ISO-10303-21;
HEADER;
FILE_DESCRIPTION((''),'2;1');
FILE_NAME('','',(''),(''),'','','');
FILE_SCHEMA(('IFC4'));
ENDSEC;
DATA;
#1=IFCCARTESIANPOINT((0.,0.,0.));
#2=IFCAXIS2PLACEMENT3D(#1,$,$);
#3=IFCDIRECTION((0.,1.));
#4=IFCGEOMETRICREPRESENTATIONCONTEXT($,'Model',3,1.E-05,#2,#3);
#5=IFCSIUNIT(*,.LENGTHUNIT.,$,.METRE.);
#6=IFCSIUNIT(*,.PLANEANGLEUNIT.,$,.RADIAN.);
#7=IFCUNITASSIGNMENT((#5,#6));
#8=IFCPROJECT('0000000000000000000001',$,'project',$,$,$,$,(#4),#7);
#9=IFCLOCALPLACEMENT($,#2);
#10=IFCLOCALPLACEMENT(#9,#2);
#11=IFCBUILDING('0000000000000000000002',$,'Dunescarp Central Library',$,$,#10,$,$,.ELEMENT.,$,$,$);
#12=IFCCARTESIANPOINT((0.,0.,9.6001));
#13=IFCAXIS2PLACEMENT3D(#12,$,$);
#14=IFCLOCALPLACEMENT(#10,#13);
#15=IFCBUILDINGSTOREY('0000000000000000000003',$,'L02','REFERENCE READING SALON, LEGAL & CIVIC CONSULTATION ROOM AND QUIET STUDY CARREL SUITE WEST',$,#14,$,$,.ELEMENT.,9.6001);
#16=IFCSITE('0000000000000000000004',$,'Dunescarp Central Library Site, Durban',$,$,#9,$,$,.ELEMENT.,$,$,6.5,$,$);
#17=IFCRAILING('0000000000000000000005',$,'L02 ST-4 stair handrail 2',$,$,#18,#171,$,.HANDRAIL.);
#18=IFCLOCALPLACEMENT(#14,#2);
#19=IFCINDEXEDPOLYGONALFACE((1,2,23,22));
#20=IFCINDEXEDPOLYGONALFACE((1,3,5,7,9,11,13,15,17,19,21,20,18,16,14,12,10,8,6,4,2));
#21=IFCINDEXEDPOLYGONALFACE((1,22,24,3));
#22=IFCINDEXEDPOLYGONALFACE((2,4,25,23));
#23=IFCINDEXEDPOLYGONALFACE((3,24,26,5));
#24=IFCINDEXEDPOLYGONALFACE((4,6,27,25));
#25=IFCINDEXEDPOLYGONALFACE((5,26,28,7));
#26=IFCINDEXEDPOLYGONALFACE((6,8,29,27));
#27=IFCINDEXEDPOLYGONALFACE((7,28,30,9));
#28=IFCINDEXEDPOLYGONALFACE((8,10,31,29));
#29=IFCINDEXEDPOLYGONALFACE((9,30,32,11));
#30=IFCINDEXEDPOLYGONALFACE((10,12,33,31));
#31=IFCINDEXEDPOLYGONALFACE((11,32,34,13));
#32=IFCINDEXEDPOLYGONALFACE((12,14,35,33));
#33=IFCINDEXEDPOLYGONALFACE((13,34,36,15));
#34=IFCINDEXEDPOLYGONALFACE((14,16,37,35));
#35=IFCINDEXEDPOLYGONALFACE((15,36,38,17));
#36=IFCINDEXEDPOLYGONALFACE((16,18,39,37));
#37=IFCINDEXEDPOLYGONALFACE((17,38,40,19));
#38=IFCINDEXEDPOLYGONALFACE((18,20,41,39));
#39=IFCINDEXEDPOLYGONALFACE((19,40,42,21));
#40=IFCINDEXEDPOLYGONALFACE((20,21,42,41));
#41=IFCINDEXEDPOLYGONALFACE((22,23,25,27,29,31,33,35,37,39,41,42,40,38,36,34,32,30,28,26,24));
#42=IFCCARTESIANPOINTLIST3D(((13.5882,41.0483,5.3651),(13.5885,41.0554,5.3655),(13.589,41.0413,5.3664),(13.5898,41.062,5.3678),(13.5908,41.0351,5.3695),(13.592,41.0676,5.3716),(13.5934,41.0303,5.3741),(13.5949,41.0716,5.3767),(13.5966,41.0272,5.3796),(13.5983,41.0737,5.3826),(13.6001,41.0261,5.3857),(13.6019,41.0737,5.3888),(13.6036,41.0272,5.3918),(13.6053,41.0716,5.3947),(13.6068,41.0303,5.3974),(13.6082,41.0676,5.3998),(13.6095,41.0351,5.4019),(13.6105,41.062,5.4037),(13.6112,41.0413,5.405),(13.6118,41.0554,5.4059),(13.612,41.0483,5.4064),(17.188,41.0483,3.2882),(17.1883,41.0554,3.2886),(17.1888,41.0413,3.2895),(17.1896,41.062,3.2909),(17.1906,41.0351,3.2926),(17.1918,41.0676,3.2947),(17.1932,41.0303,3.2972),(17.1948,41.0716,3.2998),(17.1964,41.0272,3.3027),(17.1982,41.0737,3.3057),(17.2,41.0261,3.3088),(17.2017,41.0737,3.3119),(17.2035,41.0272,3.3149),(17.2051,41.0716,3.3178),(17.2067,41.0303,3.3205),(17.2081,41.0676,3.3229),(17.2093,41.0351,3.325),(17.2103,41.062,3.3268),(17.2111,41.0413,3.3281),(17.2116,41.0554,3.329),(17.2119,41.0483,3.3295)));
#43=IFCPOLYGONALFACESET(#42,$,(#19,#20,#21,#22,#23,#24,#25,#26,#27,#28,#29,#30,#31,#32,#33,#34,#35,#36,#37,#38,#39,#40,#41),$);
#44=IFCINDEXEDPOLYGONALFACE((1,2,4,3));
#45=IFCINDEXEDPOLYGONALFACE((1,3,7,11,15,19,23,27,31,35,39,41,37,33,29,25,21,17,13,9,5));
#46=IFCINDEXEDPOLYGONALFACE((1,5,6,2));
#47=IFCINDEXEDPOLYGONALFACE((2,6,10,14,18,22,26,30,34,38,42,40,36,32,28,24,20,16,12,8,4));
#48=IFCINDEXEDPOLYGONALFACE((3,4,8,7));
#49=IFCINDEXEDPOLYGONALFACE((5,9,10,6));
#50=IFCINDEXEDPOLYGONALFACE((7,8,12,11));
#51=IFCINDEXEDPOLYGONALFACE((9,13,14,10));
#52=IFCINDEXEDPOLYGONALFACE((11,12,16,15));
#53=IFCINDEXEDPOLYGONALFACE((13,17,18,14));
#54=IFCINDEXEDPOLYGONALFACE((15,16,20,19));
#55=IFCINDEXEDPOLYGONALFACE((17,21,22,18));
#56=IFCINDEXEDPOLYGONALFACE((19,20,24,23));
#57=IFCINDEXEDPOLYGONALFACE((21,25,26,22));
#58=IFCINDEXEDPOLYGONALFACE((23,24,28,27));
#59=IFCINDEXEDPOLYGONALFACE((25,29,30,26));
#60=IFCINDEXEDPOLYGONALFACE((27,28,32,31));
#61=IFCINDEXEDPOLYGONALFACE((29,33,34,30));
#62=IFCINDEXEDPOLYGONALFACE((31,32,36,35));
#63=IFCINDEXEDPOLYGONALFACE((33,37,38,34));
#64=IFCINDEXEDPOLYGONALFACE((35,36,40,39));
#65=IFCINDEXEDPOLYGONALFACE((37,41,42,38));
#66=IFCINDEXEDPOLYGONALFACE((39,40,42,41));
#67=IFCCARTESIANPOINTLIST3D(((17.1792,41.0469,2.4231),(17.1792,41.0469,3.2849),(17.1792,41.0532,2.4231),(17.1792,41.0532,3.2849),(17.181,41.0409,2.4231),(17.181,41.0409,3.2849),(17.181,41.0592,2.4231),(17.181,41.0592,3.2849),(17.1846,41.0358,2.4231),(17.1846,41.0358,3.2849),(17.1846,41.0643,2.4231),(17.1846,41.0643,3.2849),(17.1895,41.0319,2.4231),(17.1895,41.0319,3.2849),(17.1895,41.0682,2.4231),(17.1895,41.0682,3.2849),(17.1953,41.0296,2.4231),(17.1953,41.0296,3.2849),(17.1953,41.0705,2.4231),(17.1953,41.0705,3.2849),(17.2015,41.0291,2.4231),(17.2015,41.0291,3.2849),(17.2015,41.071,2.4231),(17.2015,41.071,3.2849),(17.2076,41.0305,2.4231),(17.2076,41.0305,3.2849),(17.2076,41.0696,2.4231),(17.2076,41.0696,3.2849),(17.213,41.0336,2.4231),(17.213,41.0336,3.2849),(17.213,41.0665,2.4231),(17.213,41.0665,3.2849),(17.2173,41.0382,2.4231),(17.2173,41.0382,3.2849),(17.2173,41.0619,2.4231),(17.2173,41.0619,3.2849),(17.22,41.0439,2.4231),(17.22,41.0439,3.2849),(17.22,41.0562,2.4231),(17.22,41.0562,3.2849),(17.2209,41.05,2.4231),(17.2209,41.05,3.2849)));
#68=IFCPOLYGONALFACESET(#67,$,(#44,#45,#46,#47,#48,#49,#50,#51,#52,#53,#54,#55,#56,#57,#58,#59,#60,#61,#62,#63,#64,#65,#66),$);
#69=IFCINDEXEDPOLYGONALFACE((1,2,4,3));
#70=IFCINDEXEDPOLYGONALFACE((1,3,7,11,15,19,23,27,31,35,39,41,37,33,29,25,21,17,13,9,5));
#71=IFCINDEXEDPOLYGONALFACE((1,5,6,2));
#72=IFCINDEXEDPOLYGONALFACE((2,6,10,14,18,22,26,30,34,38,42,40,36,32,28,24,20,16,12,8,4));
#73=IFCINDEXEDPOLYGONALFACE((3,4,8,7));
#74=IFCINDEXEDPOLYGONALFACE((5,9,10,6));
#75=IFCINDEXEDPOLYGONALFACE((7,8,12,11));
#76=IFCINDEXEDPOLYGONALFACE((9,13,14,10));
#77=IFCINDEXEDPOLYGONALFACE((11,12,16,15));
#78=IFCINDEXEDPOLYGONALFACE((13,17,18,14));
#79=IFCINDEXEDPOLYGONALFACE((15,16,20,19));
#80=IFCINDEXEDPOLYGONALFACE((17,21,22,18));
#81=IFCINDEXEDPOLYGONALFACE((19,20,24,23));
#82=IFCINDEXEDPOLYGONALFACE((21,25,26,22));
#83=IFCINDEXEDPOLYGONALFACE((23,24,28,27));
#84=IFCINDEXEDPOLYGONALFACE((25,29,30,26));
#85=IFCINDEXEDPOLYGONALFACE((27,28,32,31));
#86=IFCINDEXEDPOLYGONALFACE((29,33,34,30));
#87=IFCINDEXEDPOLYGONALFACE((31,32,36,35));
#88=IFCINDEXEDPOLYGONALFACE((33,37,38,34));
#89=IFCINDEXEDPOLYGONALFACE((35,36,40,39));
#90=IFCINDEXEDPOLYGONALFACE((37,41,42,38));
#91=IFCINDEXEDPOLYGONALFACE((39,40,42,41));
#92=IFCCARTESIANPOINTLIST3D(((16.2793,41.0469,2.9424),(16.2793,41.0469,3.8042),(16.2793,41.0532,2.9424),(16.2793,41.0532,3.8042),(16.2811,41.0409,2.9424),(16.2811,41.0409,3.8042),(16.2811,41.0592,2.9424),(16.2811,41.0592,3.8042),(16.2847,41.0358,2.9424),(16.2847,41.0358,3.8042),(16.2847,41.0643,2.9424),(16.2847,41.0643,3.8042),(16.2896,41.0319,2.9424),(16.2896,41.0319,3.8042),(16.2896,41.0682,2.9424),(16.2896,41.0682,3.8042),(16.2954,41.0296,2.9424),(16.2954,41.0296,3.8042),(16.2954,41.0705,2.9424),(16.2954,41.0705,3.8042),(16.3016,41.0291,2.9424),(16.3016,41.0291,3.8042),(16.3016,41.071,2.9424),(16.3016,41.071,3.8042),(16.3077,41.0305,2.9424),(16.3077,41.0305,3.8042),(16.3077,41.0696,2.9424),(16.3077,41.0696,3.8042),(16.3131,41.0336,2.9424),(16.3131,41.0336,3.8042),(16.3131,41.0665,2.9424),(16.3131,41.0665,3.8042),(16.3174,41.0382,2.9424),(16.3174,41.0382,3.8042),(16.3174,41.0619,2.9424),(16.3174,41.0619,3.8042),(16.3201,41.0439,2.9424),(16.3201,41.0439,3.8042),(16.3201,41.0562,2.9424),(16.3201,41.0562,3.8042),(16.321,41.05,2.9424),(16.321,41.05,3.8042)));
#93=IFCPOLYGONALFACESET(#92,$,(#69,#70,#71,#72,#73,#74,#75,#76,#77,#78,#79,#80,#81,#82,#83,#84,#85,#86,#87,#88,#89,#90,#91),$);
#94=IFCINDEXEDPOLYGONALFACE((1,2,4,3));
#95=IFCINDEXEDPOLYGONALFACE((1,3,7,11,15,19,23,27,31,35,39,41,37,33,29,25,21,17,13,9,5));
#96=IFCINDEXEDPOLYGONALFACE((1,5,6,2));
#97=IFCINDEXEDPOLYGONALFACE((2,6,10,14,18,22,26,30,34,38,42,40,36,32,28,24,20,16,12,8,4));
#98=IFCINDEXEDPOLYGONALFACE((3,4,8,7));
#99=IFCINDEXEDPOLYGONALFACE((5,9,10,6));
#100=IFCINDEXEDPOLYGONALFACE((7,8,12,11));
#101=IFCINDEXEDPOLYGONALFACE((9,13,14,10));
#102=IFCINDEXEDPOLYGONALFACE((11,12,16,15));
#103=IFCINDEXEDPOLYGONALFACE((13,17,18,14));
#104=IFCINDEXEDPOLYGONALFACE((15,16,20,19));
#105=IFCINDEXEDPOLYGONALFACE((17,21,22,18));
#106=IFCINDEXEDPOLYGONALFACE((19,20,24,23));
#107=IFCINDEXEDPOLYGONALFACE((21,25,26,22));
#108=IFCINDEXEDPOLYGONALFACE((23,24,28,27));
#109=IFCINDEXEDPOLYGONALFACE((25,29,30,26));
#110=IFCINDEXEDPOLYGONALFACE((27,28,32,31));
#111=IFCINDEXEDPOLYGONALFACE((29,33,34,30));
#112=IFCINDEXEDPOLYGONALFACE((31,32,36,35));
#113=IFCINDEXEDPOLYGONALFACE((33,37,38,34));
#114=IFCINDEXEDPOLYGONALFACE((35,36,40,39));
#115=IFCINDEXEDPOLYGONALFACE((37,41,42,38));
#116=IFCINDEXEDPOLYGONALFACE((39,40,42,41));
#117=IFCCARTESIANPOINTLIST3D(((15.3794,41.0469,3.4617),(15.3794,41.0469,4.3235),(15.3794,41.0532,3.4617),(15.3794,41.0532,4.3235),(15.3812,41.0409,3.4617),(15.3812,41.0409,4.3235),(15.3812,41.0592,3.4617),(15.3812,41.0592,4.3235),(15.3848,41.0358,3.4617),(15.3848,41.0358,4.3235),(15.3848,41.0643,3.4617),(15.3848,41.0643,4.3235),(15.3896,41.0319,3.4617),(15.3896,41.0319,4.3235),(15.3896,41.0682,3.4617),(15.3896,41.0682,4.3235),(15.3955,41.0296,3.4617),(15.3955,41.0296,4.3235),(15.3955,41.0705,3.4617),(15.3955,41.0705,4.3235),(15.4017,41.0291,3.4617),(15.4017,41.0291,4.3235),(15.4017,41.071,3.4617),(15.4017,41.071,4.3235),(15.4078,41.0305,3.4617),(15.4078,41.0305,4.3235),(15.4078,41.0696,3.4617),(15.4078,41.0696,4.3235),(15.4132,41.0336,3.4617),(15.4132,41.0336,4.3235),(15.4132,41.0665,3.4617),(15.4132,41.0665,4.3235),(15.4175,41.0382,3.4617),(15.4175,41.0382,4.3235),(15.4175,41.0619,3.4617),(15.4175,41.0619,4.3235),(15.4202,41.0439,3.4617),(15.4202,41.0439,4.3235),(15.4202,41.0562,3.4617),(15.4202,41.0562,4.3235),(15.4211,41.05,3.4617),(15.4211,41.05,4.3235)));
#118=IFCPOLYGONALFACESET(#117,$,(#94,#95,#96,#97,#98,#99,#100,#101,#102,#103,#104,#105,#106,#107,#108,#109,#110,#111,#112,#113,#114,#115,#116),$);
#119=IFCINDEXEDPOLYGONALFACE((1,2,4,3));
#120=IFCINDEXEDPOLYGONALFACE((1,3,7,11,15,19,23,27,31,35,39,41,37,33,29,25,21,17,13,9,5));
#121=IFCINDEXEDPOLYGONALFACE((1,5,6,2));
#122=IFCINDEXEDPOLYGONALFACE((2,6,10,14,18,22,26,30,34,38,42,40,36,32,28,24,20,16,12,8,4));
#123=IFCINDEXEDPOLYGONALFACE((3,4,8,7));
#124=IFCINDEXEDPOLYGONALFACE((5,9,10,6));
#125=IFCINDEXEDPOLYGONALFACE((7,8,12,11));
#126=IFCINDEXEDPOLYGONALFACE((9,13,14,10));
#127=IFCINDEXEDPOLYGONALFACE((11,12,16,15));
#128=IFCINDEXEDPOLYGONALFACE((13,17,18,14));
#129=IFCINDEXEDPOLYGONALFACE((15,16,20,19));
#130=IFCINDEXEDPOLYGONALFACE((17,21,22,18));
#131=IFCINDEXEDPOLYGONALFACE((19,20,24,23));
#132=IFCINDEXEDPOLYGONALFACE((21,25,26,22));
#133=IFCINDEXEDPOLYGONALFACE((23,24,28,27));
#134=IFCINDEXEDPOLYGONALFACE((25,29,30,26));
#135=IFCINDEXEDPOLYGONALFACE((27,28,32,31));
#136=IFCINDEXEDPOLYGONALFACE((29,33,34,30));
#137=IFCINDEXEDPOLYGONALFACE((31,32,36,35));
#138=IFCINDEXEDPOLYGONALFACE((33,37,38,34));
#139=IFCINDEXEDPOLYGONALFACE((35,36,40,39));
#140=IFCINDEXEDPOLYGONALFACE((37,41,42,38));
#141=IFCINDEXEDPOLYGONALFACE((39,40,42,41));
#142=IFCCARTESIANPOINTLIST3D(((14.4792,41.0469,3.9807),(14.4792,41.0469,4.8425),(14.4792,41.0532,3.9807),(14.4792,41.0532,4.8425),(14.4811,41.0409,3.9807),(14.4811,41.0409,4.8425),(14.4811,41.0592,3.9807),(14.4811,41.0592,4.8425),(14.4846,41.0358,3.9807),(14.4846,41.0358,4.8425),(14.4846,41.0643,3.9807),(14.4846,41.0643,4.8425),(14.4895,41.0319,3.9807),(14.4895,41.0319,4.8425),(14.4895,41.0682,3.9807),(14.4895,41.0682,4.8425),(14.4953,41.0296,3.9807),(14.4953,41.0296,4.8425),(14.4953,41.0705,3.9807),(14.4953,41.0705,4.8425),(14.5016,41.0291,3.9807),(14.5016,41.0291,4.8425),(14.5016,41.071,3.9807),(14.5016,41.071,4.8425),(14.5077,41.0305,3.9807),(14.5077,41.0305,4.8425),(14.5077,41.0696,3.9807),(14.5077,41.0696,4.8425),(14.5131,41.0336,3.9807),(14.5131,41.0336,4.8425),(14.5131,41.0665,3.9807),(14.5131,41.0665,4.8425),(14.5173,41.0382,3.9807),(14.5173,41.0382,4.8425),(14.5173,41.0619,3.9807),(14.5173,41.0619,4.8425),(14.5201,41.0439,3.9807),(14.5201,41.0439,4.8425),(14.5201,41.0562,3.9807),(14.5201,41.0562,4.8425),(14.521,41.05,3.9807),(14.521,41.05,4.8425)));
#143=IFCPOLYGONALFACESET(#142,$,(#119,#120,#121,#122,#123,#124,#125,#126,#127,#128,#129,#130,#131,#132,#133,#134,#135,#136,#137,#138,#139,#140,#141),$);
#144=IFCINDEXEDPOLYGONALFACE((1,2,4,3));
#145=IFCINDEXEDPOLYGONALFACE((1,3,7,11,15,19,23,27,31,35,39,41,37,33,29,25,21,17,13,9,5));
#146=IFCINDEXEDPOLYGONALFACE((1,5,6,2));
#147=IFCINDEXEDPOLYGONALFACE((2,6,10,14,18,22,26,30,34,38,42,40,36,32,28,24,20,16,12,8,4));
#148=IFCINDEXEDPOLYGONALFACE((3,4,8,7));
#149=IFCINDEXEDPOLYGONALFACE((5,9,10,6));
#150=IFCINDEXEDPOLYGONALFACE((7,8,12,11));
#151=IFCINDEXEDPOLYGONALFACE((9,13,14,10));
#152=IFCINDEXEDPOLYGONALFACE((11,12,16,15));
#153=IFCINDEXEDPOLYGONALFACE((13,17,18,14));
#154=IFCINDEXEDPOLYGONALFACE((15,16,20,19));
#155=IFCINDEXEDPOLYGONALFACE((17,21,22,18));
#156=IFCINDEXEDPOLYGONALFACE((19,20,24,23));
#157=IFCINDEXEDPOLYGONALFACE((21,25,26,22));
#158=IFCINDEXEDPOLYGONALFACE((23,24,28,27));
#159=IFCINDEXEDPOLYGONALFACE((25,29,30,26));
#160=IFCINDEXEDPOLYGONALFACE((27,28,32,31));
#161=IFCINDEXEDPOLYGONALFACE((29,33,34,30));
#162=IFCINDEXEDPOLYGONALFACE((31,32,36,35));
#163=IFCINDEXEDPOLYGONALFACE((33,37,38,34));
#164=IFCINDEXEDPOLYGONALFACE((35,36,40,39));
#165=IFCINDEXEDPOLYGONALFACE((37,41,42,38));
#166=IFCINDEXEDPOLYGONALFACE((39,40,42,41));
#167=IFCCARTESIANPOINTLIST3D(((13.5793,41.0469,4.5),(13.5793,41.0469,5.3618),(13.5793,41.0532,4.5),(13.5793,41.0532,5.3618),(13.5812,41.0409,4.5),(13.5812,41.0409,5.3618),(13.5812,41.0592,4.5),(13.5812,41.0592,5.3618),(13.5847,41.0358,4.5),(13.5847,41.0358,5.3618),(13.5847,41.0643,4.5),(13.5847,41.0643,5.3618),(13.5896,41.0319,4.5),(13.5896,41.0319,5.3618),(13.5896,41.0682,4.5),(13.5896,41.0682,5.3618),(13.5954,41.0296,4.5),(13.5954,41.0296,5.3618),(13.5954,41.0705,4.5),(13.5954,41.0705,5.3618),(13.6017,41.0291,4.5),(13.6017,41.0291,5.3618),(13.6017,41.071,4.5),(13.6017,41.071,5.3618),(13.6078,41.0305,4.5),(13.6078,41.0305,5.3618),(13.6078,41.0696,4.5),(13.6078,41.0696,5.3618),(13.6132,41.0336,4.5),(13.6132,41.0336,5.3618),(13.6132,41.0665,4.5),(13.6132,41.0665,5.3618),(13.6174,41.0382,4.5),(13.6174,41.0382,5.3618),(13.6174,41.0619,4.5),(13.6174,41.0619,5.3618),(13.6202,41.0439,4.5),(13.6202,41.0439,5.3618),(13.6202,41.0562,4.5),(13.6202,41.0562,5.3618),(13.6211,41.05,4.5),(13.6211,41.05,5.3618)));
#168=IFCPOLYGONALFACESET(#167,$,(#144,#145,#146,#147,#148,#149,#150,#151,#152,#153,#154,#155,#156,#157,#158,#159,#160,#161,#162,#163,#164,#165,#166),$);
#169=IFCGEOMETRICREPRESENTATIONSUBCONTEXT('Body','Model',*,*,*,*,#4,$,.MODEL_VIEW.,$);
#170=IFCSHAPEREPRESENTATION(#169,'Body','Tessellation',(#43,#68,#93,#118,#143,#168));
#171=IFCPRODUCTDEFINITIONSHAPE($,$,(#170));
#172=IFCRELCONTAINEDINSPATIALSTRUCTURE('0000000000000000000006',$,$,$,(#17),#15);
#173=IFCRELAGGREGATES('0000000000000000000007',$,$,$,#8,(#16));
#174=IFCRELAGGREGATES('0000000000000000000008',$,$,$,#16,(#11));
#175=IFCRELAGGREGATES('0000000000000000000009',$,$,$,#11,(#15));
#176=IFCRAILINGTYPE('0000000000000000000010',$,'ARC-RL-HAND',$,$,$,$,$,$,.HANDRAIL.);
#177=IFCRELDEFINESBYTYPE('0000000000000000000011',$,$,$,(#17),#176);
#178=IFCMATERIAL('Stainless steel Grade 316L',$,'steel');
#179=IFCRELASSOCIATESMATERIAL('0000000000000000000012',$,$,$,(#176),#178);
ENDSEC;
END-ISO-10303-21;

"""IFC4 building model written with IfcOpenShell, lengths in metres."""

from ifc_helpers import new_model, si_unit, direction, frame, origin, origin_2d, place, context, subcontext, project, spatial, circle, extrude, material, type_object, element, save


model = new_model("IFC4")

# Units and contexts
model_context = context("Model", 3, precision=1e-05, world=origin(), true_north=direction((0.0, 1.0)))
body_context = subcontext(model_context, "Body", "Model", "MODEL_VIEW")
ifc_project = project(units=[si_unit("LENGTHUNIT", "METRE"), si_unit("PLANEANGLEUNIT", "RADIAN")], contexts=[model_context])

# Site, building, storey
site_placement = place(None, origin())
site = spatial("IfcSite", under=ifc_project, at=site_placement, Name="Dunescarp Central Library Site, Durban", CompositionType="ELEMENT", RefElevation=6.5)
building_placement = place(site_placement, origin())
building = spatial("IfcBuilding", under=site, at=building_placement, Name="Dunescarp Central Library", CompositionType="ELEMENT")
storey_placement = place(building_placement, frame((0.0, 0.0, 9.6001)))
storey = spatial("IfcBuildingStorey", under=building, at=storey_placement, Name="L02", Description="REFERENCE READING SALON, LEGAL & CIVIC CONSULTATION ROOM AND QUIET STUDY CARREL SUITE WEST", CompositionType="ELEMENT", Elevation=9.6001)

# Railing
ifc_material_1 = material(Name="Stainless steel Grade 316L", Category="steel")
railing_type_1 = type_object("IfcRailingType", Name="ARC-RL-HAND", PredefinedType="HANDRAIL", material=ifc_material_1)
railing_1_placement = place(storey_placement, frame((17.2, 41.05, 2.4231)))
element("IfcRailing", 1, at=railing_1_placement, inside=storey, type_object=railing_type_1, Name="L02 ST-4 stair handrail 2", PredefinedType="HANDRAIL", context=body_context, shape_type="SweptSolid", body=[
    extrude(circle(Radius=0.0239, at=origin_2d()), frame((0.0, 0.0, 0.8857), z_axis=(-0.866179, 0.0, 0.499734), x_axis=(0.0, -1.0, 0.0)), (0.0, 0.0, 1.0), 4.156),
    extrude(circle(Radius=0.021, at=origin_2d()), origin(), (0.0, 0.0, 1.0), 0.8618),
    extrude(circle(Radius=0.021, at=origin_2d()), frame((-0.8999, 0.0, 0.5193)), (0.0, 0.0, 1.0), 0.8618),
    extrude(circle(Radius=0.021, at=origin_2d()), frame((-1.7998, 0.0, 1.0386)), (0.0, 0.0, 1.0), 0.8618),
    extrude(circle(Radius=0.021, at=origin_2d()), frame((-2.7, 0.0, 1.5576)), (0.0, 0.0, 1.0), 0.8618),
    extrude(circle(Radius=0.021, at=origin_2d()), frame((-3.5999, 0.0, 2.0769)), (0.0, 0.0, 1.0), 0.8618),
])

save(model, "model.ifc")
